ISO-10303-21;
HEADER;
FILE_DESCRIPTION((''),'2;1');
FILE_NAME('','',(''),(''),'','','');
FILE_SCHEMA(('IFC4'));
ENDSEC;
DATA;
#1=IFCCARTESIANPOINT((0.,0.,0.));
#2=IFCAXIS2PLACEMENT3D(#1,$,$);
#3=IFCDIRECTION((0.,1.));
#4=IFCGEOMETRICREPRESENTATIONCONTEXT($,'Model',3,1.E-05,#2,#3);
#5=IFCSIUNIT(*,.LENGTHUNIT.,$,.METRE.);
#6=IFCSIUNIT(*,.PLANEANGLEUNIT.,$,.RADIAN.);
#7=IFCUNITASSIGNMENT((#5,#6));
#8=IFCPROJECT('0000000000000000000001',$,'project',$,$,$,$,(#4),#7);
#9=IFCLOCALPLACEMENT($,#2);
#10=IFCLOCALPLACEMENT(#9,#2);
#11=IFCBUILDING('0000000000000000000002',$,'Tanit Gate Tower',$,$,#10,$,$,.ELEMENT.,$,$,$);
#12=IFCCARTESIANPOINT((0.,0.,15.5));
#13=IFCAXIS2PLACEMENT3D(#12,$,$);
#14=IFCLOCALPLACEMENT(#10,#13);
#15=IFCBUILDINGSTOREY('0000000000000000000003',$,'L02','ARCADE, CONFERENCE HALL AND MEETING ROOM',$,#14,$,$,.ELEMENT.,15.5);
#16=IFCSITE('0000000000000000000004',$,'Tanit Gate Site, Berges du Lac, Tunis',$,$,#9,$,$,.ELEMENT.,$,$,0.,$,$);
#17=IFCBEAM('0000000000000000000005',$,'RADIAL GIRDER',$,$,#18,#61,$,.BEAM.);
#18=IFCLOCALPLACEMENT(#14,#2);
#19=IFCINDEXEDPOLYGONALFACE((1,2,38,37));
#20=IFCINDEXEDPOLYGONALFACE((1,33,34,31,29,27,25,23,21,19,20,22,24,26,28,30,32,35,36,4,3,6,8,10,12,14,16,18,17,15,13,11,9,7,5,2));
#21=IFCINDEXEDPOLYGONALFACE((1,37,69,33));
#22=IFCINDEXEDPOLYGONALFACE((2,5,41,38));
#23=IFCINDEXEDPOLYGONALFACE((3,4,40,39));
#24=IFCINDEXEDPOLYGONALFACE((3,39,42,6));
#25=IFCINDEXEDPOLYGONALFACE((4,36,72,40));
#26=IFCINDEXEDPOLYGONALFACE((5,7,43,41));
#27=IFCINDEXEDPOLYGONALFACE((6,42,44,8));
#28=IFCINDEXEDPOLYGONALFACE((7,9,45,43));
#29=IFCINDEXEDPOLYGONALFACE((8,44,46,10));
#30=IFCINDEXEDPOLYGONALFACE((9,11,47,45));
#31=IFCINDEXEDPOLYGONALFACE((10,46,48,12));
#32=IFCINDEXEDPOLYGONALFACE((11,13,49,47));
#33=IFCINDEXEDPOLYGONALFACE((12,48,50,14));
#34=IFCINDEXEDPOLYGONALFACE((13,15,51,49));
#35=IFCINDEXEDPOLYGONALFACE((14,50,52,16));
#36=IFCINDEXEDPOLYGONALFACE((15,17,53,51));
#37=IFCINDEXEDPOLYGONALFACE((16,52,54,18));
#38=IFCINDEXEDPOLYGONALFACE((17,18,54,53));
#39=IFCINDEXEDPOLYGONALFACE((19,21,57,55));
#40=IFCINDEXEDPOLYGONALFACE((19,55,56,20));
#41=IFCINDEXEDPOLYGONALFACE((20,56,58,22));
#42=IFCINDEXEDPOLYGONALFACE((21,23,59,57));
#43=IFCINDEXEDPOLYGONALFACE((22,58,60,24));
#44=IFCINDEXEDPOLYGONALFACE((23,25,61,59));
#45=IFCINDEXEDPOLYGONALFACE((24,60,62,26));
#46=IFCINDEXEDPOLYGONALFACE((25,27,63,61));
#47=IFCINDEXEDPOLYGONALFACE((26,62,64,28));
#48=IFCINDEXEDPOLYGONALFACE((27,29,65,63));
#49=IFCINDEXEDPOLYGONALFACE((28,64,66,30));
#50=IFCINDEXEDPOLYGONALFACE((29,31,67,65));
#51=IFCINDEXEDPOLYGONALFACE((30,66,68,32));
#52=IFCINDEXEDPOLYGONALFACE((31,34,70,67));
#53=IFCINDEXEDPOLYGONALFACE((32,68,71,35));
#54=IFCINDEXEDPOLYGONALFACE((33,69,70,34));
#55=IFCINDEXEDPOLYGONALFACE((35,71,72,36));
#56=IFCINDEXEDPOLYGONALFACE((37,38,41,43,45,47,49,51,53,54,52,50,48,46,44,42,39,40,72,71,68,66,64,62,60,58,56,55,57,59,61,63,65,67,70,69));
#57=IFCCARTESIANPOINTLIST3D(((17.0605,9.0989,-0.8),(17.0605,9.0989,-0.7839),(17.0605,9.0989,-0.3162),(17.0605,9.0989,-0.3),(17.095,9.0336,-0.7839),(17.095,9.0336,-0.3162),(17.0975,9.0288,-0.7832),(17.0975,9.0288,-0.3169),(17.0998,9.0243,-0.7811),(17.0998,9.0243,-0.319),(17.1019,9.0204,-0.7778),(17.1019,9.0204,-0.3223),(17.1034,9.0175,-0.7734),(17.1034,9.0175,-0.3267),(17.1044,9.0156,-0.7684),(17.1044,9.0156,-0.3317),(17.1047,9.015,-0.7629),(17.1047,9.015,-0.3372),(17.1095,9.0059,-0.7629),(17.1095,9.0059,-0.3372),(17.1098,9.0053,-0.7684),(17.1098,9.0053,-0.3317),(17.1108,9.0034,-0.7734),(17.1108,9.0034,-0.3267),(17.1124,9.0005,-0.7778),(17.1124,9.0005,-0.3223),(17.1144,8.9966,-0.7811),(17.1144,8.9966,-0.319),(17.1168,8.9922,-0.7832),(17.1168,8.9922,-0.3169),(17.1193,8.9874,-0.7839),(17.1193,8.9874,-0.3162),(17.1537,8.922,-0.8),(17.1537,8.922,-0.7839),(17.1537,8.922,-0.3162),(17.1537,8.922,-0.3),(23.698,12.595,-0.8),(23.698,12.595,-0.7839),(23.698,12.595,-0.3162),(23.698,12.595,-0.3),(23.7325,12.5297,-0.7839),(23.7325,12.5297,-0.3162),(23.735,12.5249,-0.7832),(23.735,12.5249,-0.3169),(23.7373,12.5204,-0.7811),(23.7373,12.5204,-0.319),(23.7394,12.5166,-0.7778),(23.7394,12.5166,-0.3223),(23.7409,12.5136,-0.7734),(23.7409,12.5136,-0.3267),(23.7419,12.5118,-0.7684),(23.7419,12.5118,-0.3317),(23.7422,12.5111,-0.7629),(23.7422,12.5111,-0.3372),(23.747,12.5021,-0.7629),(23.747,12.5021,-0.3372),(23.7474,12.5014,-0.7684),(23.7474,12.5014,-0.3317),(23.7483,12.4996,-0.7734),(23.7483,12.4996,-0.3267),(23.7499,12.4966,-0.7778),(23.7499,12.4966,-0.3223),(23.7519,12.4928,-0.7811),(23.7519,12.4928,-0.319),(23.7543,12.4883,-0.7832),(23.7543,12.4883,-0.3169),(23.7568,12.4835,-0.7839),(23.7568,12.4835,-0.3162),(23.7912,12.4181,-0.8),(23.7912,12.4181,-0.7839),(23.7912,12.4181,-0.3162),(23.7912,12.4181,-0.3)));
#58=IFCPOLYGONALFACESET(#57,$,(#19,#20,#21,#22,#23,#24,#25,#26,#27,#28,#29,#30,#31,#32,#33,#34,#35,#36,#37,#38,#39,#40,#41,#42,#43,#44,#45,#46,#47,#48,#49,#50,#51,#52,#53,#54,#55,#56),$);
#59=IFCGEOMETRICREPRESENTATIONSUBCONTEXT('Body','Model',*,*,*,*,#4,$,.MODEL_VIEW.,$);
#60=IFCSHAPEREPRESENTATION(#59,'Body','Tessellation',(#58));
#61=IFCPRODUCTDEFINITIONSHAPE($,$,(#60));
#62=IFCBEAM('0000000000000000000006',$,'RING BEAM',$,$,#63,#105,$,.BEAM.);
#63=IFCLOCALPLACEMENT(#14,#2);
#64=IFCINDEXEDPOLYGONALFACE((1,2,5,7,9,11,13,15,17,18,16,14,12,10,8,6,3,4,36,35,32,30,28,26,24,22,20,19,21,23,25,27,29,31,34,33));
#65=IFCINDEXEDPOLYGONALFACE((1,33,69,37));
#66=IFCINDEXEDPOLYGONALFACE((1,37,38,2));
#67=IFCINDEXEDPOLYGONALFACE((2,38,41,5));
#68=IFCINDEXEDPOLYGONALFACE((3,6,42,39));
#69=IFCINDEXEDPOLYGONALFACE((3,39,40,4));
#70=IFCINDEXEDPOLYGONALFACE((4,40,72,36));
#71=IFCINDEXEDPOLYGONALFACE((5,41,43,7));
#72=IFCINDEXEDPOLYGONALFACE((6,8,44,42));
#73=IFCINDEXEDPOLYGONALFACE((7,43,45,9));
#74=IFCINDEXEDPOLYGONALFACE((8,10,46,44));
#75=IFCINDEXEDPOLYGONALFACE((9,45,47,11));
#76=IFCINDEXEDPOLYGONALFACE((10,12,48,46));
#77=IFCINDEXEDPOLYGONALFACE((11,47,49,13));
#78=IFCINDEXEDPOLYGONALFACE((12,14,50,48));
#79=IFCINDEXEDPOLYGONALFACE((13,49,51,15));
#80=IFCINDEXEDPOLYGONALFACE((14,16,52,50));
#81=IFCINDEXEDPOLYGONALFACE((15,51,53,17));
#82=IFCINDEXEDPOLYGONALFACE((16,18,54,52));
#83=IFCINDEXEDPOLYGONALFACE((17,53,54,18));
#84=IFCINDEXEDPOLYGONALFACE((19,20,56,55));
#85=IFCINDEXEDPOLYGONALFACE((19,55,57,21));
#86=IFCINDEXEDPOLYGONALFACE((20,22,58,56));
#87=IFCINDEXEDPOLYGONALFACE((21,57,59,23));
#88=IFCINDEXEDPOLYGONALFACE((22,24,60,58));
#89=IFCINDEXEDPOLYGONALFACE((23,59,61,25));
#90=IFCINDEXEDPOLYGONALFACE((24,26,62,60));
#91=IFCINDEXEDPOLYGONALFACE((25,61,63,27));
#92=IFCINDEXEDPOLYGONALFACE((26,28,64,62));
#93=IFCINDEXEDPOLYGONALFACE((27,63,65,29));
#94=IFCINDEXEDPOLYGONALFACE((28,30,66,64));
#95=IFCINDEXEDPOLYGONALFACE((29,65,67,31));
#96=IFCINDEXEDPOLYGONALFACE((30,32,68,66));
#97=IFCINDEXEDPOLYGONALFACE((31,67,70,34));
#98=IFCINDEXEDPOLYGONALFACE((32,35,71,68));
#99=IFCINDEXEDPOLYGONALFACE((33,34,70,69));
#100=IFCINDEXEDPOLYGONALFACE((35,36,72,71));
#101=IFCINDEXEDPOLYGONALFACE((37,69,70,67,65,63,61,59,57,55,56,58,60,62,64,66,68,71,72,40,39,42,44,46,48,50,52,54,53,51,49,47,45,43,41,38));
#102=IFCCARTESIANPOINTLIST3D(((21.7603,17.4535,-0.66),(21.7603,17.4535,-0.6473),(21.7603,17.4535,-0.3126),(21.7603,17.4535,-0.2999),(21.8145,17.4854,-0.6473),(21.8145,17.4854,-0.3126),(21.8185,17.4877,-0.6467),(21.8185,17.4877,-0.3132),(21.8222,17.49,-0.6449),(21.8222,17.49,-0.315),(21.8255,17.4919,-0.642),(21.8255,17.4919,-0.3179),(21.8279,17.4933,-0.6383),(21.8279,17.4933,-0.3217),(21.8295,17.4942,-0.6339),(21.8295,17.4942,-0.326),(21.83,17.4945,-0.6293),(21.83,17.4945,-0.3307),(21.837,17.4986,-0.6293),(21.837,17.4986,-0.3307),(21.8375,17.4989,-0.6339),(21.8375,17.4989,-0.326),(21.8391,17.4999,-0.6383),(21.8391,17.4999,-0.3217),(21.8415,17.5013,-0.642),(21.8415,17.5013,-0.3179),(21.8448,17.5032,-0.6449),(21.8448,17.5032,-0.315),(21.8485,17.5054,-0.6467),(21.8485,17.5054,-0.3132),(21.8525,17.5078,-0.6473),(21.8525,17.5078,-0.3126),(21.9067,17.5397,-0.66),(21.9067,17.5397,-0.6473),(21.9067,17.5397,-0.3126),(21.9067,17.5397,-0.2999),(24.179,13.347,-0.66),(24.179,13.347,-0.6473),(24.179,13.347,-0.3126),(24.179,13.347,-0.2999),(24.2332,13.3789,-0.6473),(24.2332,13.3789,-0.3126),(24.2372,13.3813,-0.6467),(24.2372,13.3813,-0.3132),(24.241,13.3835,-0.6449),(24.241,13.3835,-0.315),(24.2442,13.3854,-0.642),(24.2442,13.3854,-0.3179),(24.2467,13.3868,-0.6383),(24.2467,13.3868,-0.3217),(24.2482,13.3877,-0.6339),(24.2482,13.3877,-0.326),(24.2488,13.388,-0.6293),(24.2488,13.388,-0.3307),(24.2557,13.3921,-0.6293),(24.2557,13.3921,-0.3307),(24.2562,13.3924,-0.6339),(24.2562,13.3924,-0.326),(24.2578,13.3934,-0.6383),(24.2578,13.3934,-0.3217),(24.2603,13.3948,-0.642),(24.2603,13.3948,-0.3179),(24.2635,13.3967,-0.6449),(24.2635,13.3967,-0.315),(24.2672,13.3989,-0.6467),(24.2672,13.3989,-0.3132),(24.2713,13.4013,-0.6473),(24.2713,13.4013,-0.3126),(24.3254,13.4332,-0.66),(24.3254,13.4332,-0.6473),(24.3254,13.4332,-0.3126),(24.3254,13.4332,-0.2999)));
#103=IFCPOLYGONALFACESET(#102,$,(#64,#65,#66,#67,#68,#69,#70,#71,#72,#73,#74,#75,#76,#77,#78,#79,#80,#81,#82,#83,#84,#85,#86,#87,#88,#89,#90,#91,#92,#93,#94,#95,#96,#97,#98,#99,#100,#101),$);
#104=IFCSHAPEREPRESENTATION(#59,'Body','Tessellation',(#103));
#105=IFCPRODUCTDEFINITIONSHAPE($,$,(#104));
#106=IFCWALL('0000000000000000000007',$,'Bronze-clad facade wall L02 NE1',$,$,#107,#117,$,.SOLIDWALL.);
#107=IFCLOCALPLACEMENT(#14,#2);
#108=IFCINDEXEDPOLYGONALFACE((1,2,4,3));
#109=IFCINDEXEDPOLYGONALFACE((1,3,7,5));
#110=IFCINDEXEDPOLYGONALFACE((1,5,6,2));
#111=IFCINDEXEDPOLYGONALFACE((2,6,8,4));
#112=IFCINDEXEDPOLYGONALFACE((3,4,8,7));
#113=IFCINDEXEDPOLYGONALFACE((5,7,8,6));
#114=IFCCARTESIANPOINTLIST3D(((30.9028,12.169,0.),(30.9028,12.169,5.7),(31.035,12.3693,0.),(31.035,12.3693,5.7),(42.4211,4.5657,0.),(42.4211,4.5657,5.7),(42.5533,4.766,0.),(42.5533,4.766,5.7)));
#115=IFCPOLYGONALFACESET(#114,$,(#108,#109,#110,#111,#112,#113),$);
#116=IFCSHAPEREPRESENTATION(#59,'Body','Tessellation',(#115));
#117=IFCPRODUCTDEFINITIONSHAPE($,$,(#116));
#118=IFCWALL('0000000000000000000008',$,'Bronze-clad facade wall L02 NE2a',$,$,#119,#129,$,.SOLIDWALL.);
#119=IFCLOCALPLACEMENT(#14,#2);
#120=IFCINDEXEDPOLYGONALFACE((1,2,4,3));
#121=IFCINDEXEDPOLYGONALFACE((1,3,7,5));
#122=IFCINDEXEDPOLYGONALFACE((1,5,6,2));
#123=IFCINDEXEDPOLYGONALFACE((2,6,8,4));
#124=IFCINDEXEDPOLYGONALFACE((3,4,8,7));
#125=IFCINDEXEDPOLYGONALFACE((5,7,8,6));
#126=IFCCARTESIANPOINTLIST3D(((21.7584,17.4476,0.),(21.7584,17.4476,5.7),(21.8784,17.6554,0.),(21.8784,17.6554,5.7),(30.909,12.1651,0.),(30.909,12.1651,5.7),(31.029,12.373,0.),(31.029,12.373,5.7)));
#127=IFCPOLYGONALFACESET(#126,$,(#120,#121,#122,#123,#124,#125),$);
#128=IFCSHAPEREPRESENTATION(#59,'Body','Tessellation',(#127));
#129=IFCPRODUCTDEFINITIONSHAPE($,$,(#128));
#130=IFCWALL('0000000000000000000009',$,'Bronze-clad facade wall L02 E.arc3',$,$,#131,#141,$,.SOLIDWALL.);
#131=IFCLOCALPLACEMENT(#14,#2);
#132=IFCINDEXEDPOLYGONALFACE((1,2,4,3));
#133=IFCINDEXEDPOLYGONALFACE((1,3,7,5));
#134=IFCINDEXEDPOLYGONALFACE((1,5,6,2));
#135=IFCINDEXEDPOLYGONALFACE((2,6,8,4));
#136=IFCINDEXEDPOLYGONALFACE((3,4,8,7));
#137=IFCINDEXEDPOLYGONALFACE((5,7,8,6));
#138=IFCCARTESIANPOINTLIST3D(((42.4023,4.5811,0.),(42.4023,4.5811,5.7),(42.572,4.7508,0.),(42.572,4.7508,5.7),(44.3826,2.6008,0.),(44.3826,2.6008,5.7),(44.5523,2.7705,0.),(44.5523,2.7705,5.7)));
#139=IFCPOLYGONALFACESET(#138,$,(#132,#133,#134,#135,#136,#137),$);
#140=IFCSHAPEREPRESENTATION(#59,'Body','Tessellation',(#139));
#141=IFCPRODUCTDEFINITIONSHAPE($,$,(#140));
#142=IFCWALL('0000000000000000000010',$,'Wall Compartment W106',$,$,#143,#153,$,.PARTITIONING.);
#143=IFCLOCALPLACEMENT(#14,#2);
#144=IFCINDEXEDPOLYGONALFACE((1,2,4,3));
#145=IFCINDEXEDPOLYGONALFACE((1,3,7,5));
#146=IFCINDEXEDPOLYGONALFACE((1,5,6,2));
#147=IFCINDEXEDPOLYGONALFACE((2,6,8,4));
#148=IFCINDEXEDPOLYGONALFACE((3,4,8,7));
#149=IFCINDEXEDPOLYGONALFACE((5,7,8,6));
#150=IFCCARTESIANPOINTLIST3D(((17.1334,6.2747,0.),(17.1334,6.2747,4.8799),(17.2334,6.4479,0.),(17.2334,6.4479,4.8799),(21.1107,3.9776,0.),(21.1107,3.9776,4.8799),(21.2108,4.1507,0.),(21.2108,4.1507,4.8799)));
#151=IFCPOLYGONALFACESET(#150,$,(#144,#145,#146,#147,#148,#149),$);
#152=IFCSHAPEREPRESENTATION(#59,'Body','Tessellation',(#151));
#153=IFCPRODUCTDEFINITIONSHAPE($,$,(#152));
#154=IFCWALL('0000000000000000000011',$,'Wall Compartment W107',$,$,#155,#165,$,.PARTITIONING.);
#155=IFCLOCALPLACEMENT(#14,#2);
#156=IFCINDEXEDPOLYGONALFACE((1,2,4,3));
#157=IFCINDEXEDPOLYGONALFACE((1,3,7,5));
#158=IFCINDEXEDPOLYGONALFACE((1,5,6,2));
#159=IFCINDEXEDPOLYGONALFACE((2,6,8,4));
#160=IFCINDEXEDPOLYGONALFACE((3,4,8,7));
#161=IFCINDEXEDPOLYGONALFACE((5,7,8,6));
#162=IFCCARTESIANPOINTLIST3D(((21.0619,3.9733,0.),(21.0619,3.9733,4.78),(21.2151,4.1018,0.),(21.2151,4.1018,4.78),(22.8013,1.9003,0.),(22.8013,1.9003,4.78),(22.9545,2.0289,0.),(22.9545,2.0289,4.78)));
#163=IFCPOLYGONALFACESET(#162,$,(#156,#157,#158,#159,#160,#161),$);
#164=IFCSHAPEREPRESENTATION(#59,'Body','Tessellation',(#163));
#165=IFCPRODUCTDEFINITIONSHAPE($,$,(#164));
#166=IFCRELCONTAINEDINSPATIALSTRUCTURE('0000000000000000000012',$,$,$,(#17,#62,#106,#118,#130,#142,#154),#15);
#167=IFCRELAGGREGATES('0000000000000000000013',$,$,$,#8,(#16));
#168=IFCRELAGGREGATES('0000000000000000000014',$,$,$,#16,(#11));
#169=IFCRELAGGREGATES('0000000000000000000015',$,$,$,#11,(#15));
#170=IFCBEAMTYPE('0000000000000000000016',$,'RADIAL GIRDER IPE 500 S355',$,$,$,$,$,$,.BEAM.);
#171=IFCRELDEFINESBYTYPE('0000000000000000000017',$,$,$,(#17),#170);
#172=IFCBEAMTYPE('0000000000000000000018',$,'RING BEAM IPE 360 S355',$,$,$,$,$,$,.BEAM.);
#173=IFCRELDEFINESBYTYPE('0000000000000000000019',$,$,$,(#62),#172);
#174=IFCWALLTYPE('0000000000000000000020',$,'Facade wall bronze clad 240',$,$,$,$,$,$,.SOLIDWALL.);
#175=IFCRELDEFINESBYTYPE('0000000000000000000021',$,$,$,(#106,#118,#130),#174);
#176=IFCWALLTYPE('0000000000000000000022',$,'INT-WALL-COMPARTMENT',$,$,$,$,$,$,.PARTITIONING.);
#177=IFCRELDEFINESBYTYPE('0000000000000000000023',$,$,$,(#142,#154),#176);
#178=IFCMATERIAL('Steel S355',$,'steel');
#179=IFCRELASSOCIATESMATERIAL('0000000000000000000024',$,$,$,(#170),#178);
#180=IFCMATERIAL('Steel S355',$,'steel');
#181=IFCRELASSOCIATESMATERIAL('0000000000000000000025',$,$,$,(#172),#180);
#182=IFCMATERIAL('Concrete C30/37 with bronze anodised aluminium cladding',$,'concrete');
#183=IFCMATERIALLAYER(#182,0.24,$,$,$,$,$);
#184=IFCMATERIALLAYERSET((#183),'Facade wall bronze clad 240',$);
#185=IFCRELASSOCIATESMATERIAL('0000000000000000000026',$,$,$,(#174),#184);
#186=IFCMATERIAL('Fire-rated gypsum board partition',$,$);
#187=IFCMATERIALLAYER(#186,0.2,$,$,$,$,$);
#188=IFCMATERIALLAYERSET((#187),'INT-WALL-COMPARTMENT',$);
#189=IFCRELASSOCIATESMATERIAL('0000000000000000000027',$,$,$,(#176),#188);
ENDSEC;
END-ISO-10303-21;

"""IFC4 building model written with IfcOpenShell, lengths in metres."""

from ifc_helpers import new_model, si_unit, direction, frame, frame_2d, origin, origin_2d, place, context, subcontext, project, spatial, rectangle, i_section, extrude, material, layer, layer_set, material_profile, profile_set, type_object, element, save


model = new_model("IFC4")

# Units and contexts
model_context = context("Model", 3, precision=1e-05, world=origin(), true_north=direction((0.0, 1.0)))
body_context = subcontext(model_context, "Body", "Model", "MODEL_VIEW")
ifc_project = project(units=[si_unit("LENGTHUNIT", "METRE"), si_unit("PLANEANGLEUNIT", "RADIAN")], contexts=[model_context])

# Site, building, storey
site_placement = place(None, origin())
site = spatial("IfcSite", under=ifc_project, at=site_placement, Name="Tanit Gate Site, Berges du Lac, Tunis", CompositionType="ELEMENT", RefElevation=0.0)
building_placement = place(site_placement, origin())
building = spatial("IfcBuilding", under=site, at=building_placement, Name="Tanit Gate Tower", CompositionType="ELEMENT")
storey_placement = place(building_placement, frame((0.0, 0.0, 15.5)))
storey = spatial("IfcBuildingStorey", under=building, at=storey_placement, Name="L02", Description="ARCADE, CONFERENCE HALL AND MEETING ROOM", CompositionType="ELEMENT", Elevation=15.5)

# Beams
ifc_material_1 = material(Name="Steel S355", Category="steel")
ifc_material_profile_1 = material_profile(ifc_material_1, i_section(OverallWidth=0.2, OverallDepth=0.5, WebThickness=0.0103, FlangeThickness=0.0161, FilletRadius=0.021, at=origin_2d()), Name="IPE 500")
ifc_profile_set_1 = profile_set([ifc_material_profile_1], Name="Steel S355")
beam_type_1 = type_object("IfcBeamType", Name="RADIAL GIRDER IPE 500 S355", PredefinedType="BEAM", material=ifc_profile_set_1)
beam_1_placement = place(storey_placement, frame((23.7446, 12.5066, -0.55), z_axis=(-0.88477, -0.466028, 0.0), x_axis=(0.466028, -0.88477, 0.0)))
element("IfcBeam", 1, at=beam_1_placement, inside=storey, type_object=beam_type_1, Name="RADIAL GIRDER", PredefinedType="BEAM", context=body_context, shape_type="SweptSolid", body=[
    extrude(i_section(OverallWidth=0.2, OverallDepth=0.5, WebThickness=0.0103, FlangeThickness=0.0161, FilletRadius=0.021, at=origin_2d()), origin(), (0.0, 0.0, 1.0), 7.502),
])
ifc_material_2 = material(Name="Steel S355", Category="steel")
ifc_material_profile_2 = material_profile(ifc_material_2, i_section(OverallWidth=0.1699, OverallDepth=0.3601, WebThickness=0.0081, FlangeThickness=0.0127, FilletRadius=0.0181, at=origin_2d()), Name="IPE 360")
ifc_profile_set_2 = profile_set([ifc_material_profile_2], Name="Steel S355")
beam_type_2 = type_object("IfcBeamType", Name="RING BEAM IPE 360 S355", PredefinedType="BEAM", material=ifc_profile_set_2)
beam_2_placement = place(storey_placement, frame((21.8335, 17.4966, -0.48), z_axis=(0.50751, -0.861646, 0.0), x_axis=(0.861646, 0.50751, 0.0)))
element("IfcBeam", 2, at=beam_2_placement, inside=storey, type_object=beam_type_2, Name="RING BEAM", PredefinedType="BEAM", context=body_context, shape_type="SweptSolid", body=[
    extrude(i_section(OverallWidth=0.1699, OverallDepth=0.3601, WebThickness=0.0081, FlangeThickness=0.0127, FilletRadius=0.0181, at=origin_2d()), origin(), (0.0, 0.0, 1.0), 4.7659),
])

# Walls
ifc_material_3 = material(Name="Concrete C30/37 with bronze anodised aluminium cladding", Category="concrete")
ifc_layer_1 = layer(ifc_material_3, 0.24)
ifc_layer_set_1 = layer_set([ifc_layer_1], Name="Facade wall bronze clad 240")
wall_type_1 = type_object("IfcWallType", Name="Facade wall bronze clad 240", PredefinedType="SOLIDWALL", material=ifc_layer_set_1)
wall_1_placement = place(storey_placement, frame((42.4873, 4.6658, 0.0), z_axis=(0.0, 0.0, 1.0), x_axis=(-0.83457, 0.550902, 0.0)))
element("IfcWall", 3, at=wall_1_placement, inside=storey, type_object=wall_type_1, Name="Bronze-clad facade wall L02 NE1", PredefinedType="SOLIDWALL", context=body_context, shape_type="SweptSolid", body=[
    extrude(rectangle(XDim=13.8015, YDim=0.24, at=frame_2d((6.9009, 0.0))), origin(), (0.0, 0.0, 1.0), 5.7),
])
wall_2_placement = place(storey_placement, frame((30.969, 12.269, 0.0), z_axis=(0.0, 0.0, 1.0), x_axis=(-0.866052, 0.499954, 0.0)))
element("IfcWall", 4, at=wall_2_placement, inside=storey, type_object=wall_type_1, Name="Bronze-clad facade wall L02 NE2a", PredefinedType="SOLIDWALL", context=body_context, shape_type="SweptSolid", body=[
    extrude(rectangle(XDim=10.5659, YDim=0.24, at=frame_2d((5.283, 0.0))), origin(), (0.0, 0.0, 1.0), 5.7),
])
wall_3_placement = place(storey_placement, frame((44.4675, 2.6855, 0.0), z_axis=(0.0, 0.0, 1.0), x_axis=(-0.707107, 0.707107, 0.0)))
element("IfcWall", 5, at=wall_3_placement, inside=storey, type_object=wall_type_1, Name="Bronze-clad facade wall L02 E.arc3", PredefinedType="SOLIDWALL", context=body_context, shape_type="SweptSolid", body=[
    extrude(rectangle(XDim=2.8005, YDim=0.24, at=frame_2d((1.4004, 0.0))), origin(), (0.0, 0.0, 1.0), 5.7),
])
ifc_material_4 = material(Name="Fire-rated gypsum board partition")
ifc_layer_2 = layer(ifc_material_4, 0.2)
ifc_layer_set_2 = layer_set([ifc_layer_2], Name="INT-WALL-COMPARTMENT")
wall_type_2 = type_object("IfcWallType", Name="INT-WALL-COMPARTMENT", PredefinedType="PARTITIONING", material=ifc_layer_set_2)
wall_4_placement = place(storey_placement, frame((21.1606, 4.0642, 0.0), z_axis=(0.0, 0.0, 1.0), x_axis=(-0.865947, 0.500135, 0.0)))
element("IfcWall", 6, at=wall_4_placement, inside=storey, type_object=wall_type_2, Name="Wall Compartment W106", PredefinedType="PARTITIONING", context=body_context, shape_type="SweptSolid", body=[
    extrude(rectangle(XDim=4.593, YDim=0.2, at=frame_2d((2.2964, 0.0))), origin(), (0.0, 0.0, 1.0), 4.8799),
])
wall_5_placement = place(storey_placement, frame((22.8779, 1.9646, 0.0), z_axis=(0.0, 0.0, 1.0), x_axis=(-0.642798, 0.766035, 0.0)))
element("IfcWall", 7, at=wall_5_placement, inside=storey, type_object=wall_type_2, Name="Wall Compartment W107", PredefinedType="PARTITIONING", context=body_context, shape_type="SweptSolid", body=[
    extrude(rectangle(XDim=2.7061, YDim=0.2, at=frame_2d((1.353, 0.0))), origin(), (0.0, 0.0, 1.0), 4.78),
])

save(model, "model.ifc")
